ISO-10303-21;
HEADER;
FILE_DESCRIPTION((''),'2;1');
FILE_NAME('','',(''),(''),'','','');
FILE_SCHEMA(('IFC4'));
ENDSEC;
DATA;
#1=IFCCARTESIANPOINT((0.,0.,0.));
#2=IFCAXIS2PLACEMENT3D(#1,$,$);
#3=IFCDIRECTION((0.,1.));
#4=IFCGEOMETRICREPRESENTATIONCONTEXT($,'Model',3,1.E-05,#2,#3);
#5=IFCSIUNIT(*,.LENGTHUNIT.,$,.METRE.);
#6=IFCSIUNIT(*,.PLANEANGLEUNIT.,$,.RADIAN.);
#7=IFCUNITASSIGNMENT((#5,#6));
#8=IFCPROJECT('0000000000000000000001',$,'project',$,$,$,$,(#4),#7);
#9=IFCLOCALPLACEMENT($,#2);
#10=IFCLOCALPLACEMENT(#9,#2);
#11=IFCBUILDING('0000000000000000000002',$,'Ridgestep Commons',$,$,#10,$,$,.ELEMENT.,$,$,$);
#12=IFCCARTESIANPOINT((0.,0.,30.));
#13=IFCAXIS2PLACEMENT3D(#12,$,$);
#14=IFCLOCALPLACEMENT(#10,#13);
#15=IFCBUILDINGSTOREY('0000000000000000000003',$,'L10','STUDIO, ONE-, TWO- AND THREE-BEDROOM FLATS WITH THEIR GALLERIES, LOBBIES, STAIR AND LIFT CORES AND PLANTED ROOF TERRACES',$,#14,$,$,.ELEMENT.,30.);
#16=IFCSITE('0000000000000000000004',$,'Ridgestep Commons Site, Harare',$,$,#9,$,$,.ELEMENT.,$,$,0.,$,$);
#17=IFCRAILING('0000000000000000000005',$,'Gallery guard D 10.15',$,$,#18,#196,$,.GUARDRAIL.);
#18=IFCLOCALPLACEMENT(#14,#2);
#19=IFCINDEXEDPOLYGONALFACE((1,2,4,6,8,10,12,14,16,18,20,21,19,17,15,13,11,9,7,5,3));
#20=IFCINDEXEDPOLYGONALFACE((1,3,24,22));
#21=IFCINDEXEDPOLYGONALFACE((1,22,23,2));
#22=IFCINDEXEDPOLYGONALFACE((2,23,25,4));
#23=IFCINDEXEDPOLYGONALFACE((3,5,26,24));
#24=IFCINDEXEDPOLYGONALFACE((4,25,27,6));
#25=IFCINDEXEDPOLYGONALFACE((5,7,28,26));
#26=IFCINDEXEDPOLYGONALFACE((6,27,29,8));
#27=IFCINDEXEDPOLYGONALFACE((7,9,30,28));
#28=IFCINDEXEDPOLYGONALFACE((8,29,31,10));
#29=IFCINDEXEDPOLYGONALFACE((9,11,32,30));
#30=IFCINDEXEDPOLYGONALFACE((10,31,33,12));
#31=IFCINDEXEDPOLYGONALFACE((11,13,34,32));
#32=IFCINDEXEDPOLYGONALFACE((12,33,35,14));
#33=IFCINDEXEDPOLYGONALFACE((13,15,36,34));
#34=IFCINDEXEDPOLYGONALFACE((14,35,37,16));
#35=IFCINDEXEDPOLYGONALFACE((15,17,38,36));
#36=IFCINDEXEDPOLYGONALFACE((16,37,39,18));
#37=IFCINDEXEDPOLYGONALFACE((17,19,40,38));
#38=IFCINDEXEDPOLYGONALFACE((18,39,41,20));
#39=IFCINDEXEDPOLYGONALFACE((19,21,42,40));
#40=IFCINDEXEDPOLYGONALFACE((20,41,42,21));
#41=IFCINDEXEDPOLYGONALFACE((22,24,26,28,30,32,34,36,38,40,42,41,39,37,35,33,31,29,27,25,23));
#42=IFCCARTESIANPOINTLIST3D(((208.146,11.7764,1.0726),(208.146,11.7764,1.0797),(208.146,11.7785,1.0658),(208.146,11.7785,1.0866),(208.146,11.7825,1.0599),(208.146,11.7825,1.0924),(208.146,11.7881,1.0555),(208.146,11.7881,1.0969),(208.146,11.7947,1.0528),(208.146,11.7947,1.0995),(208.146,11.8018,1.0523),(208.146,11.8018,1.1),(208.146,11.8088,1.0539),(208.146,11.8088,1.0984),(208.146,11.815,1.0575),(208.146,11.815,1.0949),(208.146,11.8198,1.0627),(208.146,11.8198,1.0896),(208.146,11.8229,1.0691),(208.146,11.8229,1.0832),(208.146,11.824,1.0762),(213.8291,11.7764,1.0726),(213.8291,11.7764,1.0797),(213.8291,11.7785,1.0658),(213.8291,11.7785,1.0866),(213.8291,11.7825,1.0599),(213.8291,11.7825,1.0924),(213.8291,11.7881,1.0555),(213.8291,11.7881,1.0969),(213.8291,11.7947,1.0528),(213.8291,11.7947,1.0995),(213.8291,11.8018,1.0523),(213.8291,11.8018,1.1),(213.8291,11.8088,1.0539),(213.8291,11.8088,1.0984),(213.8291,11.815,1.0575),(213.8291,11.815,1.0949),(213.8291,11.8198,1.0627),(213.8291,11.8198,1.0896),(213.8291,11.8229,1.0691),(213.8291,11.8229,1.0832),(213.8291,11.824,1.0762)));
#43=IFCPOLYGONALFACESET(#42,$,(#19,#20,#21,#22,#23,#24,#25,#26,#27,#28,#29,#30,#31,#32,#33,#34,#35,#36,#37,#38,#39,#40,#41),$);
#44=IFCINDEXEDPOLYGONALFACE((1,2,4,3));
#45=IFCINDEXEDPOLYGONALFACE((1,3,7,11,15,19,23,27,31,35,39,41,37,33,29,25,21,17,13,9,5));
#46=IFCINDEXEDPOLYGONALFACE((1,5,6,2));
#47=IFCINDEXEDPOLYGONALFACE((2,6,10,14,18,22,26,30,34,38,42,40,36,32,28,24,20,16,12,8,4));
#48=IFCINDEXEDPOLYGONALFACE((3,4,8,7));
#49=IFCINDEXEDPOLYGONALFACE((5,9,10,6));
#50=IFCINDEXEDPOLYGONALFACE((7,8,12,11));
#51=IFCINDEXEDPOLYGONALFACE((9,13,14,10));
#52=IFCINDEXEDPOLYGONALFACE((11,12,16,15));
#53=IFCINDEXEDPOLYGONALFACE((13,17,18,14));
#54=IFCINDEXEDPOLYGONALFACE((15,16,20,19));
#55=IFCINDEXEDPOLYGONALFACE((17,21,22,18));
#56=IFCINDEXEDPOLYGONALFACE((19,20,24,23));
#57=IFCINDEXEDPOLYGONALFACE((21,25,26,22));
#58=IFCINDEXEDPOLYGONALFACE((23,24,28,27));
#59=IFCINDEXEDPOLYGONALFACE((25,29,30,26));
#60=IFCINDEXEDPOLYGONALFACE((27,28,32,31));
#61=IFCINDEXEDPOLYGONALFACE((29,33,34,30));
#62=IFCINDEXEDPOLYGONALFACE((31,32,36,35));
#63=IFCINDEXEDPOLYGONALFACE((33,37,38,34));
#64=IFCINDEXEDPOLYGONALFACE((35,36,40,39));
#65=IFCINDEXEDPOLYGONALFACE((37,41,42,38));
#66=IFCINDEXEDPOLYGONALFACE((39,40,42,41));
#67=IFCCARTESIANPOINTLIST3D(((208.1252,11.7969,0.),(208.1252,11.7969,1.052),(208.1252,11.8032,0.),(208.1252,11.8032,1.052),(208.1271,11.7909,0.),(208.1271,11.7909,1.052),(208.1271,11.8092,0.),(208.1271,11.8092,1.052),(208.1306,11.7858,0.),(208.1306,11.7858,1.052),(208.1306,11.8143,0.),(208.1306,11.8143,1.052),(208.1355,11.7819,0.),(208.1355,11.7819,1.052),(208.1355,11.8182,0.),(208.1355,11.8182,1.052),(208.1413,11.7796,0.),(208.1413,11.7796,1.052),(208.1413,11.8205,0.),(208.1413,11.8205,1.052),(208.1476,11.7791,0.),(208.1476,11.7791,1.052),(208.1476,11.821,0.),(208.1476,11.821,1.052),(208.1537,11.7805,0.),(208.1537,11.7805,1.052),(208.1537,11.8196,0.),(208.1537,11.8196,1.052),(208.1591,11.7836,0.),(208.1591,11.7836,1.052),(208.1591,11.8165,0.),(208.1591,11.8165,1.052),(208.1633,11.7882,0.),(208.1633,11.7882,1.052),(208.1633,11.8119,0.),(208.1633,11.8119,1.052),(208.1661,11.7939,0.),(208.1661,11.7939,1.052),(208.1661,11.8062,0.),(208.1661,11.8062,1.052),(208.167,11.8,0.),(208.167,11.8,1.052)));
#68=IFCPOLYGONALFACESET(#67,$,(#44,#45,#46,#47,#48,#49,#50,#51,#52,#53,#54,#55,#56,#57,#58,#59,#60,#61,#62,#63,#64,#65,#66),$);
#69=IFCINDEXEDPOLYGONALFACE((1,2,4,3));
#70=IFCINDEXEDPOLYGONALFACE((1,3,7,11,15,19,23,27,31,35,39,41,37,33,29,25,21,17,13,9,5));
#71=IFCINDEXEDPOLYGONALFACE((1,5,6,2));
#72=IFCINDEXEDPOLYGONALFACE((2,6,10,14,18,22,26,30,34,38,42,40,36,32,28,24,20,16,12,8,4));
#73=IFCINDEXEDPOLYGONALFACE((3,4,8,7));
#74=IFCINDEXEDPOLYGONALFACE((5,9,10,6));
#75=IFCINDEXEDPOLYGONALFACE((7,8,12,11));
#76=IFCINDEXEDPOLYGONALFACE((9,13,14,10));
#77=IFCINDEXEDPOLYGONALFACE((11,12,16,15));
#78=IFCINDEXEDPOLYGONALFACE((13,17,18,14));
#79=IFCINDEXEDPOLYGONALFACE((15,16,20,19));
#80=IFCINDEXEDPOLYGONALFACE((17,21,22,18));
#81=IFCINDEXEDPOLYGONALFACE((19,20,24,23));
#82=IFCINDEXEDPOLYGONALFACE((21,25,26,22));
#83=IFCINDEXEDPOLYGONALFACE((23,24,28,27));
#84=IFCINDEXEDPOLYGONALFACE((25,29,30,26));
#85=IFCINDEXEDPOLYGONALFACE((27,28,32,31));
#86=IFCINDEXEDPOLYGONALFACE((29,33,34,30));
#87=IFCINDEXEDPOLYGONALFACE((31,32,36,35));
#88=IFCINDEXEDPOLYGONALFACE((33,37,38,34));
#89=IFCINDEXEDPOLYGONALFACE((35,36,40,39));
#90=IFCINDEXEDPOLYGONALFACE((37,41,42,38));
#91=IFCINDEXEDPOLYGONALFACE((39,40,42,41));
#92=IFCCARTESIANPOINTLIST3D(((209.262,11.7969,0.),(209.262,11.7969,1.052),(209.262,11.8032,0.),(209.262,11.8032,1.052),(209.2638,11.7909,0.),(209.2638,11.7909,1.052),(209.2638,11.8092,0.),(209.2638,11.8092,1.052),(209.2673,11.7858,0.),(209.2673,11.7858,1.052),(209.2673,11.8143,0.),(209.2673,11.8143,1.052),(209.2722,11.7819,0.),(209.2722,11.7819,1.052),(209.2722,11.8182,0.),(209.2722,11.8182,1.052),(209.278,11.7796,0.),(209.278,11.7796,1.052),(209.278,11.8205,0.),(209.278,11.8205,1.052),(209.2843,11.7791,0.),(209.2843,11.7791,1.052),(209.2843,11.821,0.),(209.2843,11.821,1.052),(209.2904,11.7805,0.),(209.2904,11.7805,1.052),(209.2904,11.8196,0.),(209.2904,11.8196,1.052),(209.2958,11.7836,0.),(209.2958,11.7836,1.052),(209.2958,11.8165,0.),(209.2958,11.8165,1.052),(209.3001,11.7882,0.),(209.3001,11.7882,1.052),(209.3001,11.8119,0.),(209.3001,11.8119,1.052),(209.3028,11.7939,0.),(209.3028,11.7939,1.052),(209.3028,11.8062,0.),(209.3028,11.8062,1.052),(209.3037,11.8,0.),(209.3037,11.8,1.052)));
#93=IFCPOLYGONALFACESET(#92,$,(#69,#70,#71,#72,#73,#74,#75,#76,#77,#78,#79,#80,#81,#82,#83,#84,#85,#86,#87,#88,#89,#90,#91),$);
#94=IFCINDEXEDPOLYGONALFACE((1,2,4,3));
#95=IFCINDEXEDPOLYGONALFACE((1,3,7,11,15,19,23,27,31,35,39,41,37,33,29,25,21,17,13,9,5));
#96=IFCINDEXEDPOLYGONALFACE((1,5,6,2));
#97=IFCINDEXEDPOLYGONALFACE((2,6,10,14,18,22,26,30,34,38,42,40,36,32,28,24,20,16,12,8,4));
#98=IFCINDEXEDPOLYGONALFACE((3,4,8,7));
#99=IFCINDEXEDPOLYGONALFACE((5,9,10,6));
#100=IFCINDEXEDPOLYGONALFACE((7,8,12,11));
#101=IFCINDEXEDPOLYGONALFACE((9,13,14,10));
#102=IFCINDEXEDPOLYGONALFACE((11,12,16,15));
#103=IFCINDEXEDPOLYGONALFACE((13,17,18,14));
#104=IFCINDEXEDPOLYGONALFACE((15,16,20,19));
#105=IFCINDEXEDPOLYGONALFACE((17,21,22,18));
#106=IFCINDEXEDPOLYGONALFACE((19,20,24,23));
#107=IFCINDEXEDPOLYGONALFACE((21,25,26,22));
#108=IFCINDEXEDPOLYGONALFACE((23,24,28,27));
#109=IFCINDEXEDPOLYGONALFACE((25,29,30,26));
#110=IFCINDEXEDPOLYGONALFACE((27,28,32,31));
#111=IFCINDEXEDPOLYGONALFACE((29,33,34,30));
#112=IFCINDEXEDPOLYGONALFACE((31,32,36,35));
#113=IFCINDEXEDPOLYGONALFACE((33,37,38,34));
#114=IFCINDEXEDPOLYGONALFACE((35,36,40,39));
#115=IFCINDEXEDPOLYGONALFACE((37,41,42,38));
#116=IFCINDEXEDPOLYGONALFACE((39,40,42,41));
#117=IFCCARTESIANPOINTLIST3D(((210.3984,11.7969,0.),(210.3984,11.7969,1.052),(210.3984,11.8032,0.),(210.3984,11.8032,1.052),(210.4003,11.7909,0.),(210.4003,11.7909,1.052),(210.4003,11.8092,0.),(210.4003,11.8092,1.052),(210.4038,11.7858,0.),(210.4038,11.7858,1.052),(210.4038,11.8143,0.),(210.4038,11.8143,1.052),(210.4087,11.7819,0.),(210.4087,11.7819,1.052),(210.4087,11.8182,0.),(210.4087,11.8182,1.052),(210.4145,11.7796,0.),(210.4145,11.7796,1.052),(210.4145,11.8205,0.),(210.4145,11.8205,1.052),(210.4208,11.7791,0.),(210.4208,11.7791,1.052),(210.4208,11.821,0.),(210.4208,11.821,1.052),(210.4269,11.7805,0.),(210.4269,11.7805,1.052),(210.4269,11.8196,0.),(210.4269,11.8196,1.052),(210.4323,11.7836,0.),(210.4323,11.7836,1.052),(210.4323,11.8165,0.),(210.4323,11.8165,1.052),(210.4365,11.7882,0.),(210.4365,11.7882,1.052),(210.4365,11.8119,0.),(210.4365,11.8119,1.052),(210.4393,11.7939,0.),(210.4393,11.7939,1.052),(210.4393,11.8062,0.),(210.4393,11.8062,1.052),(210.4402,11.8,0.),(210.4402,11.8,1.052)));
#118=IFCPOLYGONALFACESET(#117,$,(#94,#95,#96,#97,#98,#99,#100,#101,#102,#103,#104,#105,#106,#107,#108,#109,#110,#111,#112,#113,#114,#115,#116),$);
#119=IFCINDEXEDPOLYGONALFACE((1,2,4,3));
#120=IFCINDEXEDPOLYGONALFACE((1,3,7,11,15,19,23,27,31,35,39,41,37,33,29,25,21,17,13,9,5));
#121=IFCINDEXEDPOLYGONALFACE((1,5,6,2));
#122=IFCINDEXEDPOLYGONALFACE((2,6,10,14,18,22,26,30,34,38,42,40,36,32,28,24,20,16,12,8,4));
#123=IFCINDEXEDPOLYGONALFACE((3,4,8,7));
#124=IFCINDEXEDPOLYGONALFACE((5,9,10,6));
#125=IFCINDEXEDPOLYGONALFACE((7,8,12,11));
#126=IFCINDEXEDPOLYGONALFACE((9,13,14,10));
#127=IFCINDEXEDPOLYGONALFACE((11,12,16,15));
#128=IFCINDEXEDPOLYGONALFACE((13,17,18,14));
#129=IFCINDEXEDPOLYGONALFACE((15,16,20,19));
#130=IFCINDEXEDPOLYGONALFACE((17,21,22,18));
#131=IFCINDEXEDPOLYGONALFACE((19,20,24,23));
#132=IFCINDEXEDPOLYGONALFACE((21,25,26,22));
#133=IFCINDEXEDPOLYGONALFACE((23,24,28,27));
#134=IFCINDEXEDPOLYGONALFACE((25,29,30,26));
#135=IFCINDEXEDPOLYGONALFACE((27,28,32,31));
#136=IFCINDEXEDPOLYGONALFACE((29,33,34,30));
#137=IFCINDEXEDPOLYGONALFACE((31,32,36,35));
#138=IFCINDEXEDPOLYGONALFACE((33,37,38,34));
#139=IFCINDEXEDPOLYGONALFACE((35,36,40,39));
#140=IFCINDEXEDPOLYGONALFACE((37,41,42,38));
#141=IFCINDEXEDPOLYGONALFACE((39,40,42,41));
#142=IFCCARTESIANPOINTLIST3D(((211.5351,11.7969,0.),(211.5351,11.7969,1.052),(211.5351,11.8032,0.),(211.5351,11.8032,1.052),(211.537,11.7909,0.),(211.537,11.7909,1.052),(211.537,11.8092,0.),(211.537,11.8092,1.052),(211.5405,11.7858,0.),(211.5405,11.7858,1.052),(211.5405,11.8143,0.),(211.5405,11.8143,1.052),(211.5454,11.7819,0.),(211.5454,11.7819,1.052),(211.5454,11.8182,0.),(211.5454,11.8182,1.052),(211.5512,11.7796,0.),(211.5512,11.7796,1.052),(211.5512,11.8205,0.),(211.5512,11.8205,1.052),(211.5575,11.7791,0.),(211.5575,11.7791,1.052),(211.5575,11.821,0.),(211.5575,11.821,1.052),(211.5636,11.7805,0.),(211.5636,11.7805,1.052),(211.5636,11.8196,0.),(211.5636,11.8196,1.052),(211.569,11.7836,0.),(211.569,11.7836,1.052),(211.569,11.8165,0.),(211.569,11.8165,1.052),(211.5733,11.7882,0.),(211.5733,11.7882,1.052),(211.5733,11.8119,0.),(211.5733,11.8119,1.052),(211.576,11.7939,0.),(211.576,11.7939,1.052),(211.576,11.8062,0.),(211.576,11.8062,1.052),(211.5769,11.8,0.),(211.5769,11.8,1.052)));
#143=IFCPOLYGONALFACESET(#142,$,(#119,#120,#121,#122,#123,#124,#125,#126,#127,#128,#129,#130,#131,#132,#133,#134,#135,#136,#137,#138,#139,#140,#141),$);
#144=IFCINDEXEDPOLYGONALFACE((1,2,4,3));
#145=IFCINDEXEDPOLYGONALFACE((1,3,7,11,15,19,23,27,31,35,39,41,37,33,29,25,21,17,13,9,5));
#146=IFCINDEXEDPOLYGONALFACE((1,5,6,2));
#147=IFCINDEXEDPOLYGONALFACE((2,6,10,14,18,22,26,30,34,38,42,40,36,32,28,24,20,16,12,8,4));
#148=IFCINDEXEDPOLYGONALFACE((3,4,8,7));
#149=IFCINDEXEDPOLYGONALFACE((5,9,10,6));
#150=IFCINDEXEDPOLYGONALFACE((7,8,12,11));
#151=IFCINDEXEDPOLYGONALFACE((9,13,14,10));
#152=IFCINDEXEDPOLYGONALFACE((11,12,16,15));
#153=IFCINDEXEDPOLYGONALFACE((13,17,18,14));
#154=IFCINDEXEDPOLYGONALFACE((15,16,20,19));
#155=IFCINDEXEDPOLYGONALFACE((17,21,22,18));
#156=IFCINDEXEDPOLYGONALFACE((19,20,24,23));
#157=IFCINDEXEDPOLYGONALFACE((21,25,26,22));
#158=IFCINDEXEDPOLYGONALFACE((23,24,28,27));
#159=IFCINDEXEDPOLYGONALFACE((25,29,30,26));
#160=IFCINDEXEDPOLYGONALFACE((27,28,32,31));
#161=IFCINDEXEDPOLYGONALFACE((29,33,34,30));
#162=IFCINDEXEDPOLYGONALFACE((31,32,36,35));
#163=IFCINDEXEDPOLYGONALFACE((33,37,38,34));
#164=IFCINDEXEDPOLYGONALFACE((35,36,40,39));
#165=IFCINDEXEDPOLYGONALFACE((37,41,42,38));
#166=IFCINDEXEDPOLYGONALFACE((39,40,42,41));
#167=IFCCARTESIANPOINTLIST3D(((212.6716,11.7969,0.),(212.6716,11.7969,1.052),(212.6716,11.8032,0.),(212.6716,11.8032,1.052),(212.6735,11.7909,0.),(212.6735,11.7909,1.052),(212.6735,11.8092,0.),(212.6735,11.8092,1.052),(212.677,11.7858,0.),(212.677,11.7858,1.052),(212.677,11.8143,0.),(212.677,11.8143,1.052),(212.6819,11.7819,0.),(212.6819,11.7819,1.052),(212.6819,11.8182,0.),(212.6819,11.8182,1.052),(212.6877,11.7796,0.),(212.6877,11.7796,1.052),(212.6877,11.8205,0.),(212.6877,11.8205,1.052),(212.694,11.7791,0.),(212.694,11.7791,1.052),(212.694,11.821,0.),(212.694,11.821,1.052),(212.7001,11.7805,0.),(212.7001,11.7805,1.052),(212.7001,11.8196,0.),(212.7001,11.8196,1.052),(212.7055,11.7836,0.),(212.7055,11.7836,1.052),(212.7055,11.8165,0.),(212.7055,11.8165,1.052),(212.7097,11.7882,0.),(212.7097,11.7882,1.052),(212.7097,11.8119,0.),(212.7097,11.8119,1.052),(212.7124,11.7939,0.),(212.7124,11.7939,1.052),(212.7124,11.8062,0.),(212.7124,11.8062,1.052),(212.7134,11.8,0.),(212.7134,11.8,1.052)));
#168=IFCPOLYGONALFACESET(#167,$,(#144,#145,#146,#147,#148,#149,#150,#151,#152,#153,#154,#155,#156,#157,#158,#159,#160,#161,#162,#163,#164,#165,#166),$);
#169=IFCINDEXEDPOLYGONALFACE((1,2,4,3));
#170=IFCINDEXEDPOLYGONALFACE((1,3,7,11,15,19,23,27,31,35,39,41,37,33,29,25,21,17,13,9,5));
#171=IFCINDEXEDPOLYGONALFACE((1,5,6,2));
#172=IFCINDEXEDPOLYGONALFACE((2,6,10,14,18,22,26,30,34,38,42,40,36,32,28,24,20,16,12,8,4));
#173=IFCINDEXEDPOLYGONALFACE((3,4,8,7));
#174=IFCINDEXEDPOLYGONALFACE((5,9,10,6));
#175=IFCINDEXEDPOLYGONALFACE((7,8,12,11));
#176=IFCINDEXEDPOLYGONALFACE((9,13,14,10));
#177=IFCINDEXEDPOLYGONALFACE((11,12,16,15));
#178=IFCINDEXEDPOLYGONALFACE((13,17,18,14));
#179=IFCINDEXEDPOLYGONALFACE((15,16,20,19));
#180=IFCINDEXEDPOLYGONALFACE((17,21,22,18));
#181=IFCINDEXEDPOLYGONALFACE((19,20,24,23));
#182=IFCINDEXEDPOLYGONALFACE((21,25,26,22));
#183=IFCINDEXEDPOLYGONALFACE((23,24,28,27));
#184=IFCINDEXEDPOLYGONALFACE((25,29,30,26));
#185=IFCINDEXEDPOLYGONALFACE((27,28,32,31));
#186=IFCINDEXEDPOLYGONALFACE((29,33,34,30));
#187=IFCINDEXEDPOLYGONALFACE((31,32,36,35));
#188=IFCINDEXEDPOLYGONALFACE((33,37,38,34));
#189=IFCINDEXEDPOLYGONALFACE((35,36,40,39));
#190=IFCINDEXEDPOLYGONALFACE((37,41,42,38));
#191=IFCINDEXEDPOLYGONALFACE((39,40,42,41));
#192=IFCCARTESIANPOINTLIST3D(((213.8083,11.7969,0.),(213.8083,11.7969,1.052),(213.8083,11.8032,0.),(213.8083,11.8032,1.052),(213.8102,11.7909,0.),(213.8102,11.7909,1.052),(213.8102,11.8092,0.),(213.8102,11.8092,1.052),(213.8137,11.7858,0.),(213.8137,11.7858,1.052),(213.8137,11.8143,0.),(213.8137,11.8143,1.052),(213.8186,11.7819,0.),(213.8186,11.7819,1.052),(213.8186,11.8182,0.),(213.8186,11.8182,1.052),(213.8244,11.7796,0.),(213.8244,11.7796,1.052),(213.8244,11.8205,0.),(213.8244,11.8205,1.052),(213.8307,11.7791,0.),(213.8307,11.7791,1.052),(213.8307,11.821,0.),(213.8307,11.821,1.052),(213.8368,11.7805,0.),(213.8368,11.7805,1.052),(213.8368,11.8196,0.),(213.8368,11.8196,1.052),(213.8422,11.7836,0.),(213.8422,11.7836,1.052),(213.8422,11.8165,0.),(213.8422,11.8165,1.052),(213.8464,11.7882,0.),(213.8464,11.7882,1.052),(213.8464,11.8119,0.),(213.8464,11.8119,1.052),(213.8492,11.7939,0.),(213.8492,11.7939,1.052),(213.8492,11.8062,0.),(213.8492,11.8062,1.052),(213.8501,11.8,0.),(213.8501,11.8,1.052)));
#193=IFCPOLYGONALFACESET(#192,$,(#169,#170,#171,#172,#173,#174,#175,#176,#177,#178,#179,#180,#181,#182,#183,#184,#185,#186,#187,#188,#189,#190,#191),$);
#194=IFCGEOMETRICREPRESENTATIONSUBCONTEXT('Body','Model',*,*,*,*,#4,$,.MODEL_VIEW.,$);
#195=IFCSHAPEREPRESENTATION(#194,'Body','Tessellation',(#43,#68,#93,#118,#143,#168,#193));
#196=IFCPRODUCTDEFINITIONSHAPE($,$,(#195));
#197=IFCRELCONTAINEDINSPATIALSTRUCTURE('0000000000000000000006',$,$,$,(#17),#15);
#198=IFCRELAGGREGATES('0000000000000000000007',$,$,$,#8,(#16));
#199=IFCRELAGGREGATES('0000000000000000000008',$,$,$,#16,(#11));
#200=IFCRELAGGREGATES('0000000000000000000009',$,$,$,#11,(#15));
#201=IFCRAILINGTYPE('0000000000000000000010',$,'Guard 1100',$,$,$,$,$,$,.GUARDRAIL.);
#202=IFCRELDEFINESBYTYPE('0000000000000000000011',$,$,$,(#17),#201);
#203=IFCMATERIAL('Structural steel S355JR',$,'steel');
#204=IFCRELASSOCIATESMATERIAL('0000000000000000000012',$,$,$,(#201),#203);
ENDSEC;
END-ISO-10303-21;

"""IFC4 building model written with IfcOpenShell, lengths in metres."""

from ifc_helpers import new_model, si_unit, direction, frame, origin, origin_2d, place, context, subcontext, project, spatial, circle, extrude, material, type_object, element, save


model = new_model("IFC4")

# Units and contexts
model_context = context("Model", 3, precision=1e-05, world=origin(), true_north=direction((0.0, 1.0)))
body_context = subcontext(model_context, "Body", "Model", "MODEL_VIEW")
ifc_project = project(units=[si_unit("LENGTHUNIT", "METRE"), si_unit("PLANEANGLEUNIT", "RADIAN")], contexts=[model_context])

# Site, building, storey
site_placement = place(None, origin())
site = spatial("IfcSite", under=ifc_project, at=site_placement, Name="Ridgestep Commons Site, Harare", CompositionType="ELEMENT", RefElevation=0.0)
building_placement = place(site_placement, origin())
building = spatial("IfcBuilding", under=site, at=building_placement, Name="Ridgestep Commons", CompositionType="ELEMENT")
storey_placement = place(building_placement, frame((0.0, 0.0, 30.0)))
storey = spatial("IfcBuildingStorey", under=building, at=storey_placement, Name="L10", Description="STUDIO, ONE-, TWO- AND THREE-BEDROOM FLATS WITH THEIR GALLERIES, LOBBIES, STAIR AND LIFT CORES AND PLANTED ROOF TERRACES", CompositionType="ELEMENT", Elevation=30.0)

# Railing
ifc_material_1 = material(Name="Structural steel S355JR", Category="steel")
railing_type_1 = type_object("IfcRailingType", Name="Guard 1100", PredefinedType="GUARDRAIL", material=ifc_material_1)
railing_1_placement = place(storey_placement, frame((208.146, 11.8, 0.0)))
element("IfcRailing", 1, at=railing_1_placement, inside=storey, type_object=railing_type_1, Name="Gallery guard D 10.15", PredefinedType="GUARDRAIL", context=body_context, shape_type="SweptSolid", body=[
    extrude(circle(Radius=0.0239, at=origin_2d()), frame((0.0, 0.0, 1.0762), z_axis=(1.0, 0.0, 0.0), x_axis=(0.0, 1.0, 0.0)), (0.0, 0.0, 1.0), 5.6831),
    extrude(circle(Radius=0.021, at=origin_2d()), origin(), (0.0, 0.0, 1.0), 1.052),
    extrude(circle(Radius=0.021, at=origin_2d()), frame((1.1367, 0.0, 0.0)), (0.0, 0.0, 1.0), 1.052),
    extrude(circle(Radius=0.021, at=origin_2d()), frame((2.2732, 0.0, 0.0)), (0.0, 0.0, 1.0), 1.052),
    extrude(circle(Radius=0.021, at=origin_2d()), frame((3.4099, 0.0, 0.0)), (0.0, 0.0, 1.0), 1.052),
    extrude(circle(Radius=0.021, at=origin_2d()), frame((4.5464, 0.0, 0.0)), (0.0, 0.0, 1.0), 1.052),
    extrude(circle(Radius=0.021, at=origin_2d()), frame((5.6831, 0.0, 0.0)), (0.0, 0.0, 1.0), 1.052),
])

save(model, "model.ifc")
